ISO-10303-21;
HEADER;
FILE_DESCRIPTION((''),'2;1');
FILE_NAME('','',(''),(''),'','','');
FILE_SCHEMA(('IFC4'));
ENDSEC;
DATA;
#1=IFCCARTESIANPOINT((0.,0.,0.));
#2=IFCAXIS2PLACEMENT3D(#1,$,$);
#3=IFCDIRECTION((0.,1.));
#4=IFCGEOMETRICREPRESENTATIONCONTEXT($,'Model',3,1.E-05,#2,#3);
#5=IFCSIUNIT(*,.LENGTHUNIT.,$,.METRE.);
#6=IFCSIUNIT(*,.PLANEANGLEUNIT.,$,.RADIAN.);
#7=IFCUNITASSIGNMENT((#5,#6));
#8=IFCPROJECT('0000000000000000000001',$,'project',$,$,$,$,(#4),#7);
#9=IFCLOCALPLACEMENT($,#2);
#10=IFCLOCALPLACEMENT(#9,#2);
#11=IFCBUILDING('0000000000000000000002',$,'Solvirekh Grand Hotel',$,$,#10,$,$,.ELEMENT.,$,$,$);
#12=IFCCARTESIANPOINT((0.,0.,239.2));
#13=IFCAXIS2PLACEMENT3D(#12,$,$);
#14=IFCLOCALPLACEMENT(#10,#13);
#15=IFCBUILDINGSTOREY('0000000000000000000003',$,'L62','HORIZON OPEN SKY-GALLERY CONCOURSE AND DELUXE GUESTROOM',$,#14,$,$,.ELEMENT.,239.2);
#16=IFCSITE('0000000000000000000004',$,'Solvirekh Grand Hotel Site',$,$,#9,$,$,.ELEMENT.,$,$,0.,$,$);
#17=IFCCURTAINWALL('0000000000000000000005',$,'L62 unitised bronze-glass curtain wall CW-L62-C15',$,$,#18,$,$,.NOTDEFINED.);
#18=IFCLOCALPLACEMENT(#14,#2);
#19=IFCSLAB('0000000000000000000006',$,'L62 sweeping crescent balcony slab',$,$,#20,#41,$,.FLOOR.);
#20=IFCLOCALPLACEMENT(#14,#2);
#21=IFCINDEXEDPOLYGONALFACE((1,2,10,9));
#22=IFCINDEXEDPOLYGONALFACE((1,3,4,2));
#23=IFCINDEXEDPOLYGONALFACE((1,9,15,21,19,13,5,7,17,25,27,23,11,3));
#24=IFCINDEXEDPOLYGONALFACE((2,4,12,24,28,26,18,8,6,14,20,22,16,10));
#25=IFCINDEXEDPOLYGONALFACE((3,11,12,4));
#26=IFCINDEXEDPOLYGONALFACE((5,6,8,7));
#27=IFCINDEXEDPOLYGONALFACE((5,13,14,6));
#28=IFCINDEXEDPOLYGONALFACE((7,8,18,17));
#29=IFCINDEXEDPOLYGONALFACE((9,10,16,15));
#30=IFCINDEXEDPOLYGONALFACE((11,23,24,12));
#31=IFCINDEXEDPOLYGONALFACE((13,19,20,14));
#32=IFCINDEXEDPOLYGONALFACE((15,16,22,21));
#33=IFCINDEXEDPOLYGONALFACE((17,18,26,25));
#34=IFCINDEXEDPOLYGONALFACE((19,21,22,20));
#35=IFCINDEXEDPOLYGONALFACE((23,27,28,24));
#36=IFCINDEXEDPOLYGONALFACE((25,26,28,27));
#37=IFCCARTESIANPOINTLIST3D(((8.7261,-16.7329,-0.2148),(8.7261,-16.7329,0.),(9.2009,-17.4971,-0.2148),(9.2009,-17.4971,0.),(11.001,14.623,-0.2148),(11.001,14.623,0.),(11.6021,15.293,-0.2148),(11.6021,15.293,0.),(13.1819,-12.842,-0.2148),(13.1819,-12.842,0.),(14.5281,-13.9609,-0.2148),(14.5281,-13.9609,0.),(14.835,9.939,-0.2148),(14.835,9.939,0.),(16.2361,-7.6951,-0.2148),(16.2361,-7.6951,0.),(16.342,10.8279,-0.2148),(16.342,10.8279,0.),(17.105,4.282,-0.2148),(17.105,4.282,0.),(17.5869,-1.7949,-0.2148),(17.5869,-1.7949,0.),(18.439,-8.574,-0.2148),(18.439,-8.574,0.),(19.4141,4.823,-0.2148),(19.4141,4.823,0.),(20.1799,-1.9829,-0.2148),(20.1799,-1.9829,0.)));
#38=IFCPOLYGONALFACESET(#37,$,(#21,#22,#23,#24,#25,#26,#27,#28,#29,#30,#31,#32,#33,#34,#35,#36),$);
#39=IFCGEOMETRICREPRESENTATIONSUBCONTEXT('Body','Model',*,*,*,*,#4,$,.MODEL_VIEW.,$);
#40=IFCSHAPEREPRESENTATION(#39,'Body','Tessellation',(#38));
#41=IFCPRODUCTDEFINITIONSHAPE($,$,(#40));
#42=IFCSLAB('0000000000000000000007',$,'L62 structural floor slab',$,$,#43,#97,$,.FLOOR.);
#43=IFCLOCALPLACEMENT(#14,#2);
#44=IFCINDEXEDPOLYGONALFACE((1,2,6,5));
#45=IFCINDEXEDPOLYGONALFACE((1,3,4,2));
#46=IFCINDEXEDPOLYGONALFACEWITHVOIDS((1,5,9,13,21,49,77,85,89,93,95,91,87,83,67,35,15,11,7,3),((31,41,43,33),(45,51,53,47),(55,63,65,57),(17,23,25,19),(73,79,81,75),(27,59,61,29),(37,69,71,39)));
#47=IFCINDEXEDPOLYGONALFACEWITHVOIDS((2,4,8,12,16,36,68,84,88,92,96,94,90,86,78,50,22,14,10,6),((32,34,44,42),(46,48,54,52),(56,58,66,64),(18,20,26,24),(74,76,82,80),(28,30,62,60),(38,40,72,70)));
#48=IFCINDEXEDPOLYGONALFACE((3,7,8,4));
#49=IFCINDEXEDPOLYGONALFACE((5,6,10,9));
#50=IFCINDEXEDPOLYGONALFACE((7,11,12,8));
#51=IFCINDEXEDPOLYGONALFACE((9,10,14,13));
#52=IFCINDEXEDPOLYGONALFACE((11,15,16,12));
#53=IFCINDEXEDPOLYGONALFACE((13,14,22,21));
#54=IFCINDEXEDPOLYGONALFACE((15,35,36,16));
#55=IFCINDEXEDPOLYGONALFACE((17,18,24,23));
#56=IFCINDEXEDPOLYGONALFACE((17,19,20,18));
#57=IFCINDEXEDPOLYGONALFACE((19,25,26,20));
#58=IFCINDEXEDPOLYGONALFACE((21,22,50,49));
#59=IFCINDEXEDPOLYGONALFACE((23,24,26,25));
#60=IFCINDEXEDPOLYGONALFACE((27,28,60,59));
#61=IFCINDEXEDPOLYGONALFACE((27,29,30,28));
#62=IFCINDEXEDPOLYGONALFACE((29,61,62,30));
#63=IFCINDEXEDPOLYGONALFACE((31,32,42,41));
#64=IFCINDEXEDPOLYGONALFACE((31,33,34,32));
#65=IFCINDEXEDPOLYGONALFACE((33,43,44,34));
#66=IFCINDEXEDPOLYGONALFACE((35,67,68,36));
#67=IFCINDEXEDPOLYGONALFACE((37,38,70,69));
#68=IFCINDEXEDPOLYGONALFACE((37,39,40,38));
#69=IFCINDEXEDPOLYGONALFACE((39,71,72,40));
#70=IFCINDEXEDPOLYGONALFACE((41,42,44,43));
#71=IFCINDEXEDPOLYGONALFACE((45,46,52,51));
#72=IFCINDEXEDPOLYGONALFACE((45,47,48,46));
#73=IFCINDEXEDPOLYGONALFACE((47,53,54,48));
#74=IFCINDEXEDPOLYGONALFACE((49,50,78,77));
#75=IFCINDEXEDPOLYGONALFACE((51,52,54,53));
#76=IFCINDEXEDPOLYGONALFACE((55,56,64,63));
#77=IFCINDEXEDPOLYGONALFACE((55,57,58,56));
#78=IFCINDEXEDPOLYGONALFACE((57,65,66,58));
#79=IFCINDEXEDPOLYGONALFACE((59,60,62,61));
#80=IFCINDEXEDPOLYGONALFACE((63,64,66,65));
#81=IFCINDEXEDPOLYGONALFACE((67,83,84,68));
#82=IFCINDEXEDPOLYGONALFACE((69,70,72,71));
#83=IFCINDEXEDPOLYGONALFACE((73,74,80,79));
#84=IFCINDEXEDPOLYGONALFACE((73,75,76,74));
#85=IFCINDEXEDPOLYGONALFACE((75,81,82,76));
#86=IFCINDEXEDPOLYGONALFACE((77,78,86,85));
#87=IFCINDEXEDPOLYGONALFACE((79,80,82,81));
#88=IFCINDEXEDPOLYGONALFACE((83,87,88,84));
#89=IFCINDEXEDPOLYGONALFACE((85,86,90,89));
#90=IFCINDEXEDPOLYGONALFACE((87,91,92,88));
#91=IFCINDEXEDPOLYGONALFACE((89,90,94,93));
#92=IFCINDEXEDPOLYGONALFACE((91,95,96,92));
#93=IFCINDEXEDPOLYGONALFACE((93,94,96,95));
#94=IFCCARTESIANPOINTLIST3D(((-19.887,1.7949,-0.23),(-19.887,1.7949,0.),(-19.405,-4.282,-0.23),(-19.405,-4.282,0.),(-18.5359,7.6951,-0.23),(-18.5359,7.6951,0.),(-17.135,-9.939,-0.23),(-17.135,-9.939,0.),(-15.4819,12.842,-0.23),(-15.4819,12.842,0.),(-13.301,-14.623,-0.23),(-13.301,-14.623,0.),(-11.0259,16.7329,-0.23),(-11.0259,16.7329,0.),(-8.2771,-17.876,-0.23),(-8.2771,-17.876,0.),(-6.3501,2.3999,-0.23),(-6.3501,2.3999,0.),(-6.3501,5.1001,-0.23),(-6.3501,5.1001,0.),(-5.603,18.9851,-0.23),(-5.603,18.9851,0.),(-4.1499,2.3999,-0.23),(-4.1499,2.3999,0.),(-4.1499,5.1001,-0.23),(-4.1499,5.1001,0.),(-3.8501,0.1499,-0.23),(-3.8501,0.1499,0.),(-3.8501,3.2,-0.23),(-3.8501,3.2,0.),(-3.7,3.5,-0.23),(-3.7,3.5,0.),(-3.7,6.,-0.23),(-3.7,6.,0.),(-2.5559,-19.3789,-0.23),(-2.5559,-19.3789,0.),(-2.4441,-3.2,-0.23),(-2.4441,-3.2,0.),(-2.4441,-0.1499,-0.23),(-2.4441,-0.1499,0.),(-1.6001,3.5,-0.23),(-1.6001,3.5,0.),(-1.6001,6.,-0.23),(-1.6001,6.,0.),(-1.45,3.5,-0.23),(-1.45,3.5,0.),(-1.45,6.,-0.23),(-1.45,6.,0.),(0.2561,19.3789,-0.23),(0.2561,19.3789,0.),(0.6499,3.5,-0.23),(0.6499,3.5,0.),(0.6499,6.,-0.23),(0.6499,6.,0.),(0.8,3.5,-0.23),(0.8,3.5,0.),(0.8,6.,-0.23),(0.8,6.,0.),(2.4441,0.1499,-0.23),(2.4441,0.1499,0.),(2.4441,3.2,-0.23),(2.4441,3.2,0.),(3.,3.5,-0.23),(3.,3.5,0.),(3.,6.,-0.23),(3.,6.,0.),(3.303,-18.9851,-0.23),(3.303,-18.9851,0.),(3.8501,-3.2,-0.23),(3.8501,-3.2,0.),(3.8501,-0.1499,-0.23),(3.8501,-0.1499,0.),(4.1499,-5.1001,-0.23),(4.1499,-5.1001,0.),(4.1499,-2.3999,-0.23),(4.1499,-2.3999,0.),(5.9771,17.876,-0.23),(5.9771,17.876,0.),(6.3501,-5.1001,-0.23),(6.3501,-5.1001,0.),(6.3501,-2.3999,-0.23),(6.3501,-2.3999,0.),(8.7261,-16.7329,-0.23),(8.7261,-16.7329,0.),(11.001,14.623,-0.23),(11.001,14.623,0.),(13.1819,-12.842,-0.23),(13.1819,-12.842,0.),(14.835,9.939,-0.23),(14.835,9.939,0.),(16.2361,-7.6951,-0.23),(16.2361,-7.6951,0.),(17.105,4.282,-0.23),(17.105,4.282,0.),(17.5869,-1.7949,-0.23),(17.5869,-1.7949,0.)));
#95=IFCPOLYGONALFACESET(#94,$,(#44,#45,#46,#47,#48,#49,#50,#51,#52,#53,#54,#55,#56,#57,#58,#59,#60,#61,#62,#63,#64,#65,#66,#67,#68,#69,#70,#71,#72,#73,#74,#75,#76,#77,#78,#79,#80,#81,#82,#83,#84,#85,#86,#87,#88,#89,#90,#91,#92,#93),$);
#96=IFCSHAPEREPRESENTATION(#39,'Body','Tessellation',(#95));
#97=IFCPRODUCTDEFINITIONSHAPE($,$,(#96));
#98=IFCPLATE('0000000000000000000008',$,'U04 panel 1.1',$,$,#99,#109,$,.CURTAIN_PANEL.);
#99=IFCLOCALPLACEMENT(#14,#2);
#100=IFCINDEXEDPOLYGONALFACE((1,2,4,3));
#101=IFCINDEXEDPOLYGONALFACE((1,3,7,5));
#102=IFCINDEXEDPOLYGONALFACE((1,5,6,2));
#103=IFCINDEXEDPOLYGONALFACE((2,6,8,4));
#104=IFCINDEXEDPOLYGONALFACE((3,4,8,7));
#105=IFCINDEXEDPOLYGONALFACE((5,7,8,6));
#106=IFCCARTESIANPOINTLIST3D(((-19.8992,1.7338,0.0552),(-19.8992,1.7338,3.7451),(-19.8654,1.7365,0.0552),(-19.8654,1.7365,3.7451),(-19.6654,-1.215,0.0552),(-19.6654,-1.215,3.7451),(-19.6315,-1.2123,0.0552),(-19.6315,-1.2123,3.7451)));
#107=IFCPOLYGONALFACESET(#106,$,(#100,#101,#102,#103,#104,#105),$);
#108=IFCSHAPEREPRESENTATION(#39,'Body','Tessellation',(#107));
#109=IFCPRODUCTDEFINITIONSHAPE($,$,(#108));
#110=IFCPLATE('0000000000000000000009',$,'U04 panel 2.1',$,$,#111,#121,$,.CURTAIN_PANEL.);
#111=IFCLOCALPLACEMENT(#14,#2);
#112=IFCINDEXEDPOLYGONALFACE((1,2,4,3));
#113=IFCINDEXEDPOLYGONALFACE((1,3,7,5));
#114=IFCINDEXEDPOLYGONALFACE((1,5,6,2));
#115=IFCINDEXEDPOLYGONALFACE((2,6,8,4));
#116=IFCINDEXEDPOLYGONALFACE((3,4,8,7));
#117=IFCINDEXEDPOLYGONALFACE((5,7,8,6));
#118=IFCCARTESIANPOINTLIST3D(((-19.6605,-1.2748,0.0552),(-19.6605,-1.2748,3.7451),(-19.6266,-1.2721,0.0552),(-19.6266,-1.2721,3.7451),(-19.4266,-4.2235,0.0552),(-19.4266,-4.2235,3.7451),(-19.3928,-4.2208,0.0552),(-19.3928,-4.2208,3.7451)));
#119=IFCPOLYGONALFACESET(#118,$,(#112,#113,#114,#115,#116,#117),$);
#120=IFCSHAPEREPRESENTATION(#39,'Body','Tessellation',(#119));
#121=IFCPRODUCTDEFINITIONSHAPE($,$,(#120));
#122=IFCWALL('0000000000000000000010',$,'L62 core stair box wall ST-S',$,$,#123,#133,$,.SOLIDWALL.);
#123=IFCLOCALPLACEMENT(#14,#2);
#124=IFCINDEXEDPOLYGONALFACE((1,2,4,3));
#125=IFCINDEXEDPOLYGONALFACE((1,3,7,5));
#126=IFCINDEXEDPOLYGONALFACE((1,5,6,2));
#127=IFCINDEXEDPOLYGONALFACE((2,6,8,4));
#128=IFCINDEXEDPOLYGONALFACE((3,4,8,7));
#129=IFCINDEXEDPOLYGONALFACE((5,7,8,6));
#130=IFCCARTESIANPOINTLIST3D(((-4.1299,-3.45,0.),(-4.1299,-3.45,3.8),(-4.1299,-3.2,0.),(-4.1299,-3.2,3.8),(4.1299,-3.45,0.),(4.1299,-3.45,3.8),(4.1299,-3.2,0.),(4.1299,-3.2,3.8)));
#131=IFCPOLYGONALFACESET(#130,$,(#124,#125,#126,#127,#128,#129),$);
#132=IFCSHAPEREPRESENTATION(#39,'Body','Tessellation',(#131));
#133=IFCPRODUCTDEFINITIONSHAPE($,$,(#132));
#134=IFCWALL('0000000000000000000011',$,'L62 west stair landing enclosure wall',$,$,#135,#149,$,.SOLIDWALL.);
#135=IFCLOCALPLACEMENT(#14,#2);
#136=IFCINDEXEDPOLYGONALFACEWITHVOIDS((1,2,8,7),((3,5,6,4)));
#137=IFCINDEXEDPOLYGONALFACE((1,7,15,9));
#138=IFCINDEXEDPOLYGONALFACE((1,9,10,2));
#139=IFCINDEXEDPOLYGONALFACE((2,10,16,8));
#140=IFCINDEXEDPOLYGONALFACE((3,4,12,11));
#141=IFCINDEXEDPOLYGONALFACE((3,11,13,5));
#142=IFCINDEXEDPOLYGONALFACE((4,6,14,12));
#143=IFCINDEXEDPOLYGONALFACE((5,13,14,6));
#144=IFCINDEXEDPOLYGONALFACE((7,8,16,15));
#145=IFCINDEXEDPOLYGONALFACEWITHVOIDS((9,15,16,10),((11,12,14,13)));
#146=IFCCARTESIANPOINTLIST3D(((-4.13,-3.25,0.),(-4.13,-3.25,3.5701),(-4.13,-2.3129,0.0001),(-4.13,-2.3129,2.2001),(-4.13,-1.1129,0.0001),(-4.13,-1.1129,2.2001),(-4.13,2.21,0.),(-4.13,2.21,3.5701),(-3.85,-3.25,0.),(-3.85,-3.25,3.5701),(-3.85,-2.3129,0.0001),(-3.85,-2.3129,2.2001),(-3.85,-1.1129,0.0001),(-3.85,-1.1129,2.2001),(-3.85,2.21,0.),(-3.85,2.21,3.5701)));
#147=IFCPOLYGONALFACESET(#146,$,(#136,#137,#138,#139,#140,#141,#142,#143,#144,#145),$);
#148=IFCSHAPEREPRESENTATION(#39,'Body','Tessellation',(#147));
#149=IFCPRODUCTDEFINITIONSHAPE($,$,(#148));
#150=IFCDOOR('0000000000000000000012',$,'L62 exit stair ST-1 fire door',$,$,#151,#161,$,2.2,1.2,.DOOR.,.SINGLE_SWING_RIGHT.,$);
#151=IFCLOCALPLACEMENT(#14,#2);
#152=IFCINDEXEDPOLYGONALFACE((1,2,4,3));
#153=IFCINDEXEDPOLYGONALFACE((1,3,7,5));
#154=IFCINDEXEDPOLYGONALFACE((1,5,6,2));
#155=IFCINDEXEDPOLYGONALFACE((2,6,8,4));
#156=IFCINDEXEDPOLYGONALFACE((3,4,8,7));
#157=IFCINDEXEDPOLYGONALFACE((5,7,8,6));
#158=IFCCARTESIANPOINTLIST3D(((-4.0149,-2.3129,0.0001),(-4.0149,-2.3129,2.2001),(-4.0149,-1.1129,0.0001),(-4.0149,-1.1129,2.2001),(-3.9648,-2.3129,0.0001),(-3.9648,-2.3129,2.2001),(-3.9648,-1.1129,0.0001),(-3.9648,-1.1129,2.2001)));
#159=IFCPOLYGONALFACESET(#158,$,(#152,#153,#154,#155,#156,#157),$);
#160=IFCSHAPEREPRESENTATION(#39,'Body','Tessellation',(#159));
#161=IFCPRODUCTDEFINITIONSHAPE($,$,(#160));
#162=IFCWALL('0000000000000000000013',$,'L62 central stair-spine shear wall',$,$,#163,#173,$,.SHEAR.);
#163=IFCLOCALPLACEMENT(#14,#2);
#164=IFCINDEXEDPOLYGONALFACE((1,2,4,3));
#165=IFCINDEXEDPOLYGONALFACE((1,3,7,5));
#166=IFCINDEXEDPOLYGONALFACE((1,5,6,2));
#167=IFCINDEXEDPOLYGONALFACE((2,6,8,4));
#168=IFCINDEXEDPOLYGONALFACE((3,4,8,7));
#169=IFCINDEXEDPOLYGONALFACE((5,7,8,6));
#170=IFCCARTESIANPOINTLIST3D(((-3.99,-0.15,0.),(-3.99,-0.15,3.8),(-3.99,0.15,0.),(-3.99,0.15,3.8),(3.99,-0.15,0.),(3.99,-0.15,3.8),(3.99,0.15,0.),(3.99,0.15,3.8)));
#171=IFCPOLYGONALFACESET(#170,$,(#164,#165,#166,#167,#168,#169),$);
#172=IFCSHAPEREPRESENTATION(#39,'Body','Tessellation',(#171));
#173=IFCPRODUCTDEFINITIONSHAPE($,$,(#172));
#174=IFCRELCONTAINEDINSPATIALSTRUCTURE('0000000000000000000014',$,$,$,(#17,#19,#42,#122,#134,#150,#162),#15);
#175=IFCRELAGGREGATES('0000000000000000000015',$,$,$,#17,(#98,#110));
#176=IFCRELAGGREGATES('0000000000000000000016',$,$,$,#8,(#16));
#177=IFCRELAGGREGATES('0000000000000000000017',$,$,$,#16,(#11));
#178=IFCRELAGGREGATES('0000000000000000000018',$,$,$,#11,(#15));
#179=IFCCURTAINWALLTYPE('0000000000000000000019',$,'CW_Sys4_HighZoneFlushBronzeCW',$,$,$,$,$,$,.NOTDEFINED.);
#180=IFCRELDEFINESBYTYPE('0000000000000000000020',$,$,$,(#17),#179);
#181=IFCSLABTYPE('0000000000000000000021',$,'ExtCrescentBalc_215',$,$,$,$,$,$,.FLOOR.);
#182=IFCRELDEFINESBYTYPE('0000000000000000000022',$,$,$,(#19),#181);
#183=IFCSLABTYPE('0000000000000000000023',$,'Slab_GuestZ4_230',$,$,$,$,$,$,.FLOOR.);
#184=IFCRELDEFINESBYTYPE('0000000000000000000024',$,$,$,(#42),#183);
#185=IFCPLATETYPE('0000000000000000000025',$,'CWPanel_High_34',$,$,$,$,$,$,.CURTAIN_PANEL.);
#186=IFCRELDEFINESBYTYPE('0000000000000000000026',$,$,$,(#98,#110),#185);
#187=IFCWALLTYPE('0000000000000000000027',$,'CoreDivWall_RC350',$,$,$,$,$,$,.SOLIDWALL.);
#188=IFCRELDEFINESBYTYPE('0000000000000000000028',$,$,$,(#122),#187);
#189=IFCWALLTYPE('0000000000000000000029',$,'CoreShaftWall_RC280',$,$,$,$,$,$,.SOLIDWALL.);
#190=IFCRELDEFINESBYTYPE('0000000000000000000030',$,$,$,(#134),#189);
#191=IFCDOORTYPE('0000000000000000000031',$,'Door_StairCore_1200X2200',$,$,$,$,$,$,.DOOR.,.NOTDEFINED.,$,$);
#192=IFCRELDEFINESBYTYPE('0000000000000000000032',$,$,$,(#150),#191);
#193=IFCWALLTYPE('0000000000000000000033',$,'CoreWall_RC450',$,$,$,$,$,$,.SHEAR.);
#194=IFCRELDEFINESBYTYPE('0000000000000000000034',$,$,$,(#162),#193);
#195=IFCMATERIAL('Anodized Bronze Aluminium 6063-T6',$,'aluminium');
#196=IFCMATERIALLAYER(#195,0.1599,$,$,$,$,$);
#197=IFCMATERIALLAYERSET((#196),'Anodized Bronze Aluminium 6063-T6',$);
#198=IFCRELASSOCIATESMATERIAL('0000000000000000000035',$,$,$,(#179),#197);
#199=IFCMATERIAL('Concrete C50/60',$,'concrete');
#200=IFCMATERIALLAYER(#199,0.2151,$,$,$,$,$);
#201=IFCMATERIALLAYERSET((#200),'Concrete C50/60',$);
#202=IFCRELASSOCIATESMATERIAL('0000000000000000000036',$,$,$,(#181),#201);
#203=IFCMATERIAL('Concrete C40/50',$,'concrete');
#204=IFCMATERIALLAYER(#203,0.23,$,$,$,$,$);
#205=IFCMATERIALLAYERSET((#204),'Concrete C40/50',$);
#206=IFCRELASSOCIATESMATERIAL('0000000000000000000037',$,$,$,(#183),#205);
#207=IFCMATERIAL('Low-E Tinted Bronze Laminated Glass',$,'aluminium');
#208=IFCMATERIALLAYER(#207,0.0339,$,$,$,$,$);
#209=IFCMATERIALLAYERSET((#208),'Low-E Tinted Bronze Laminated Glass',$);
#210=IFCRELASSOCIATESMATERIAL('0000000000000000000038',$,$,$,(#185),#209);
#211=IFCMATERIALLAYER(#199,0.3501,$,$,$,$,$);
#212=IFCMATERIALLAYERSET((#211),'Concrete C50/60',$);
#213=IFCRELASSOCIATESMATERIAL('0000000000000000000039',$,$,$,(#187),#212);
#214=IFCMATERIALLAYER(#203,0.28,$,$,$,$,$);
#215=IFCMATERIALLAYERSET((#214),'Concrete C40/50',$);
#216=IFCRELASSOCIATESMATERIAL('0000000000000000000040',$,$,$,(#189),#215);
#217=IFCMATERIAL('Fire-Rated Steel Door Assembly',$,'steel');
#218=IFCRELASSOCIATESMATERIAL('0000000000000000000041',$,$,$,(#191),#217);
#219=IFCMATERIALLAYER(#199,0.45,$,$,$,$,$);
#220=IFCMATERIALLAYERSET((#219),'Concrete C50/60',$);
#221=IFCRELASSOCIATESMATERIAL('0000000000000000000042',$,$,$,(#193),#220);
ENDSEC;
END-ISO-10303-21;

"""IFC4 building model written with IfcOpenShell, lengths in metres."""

from ifc_helpers import new_model, si_unit, direction, frame, frame_2d, origin, origin_2d, place, context, subcontext, project, spatial, polyline, rectangle, outline, extrude, source, transform, mapped, material, layer, layer_set, type_object, element, fill, aggregate, save


model = new_model("IFC4")

# Units and contexts
model_context = context("Model", 3, precision=1e-05, world=origin(), true_north=direction((0.0, 1.0)))
body_context = subcontext(model_context, "Body", "Model", "MODEL_VIEW")
ifc_project = project(units=[si_unit("LENGTHUNIT", "METRE"), si_unit("PLANEANGLEUNIT", "RADIAN")], contexts=[model_context])

# Site, building, storey
site_placement = place(None, origin())
site = spatial("IfcSite", under=ifc_project, at=site_placement, Name="Solvirekh Grand Hotel Site", CompositionType="ELEMENT", RefElevation=0.0)
building_placement = place(site_placement, origin())
building = spatial("IfcBuilding", under=site, at=building_placement, Name="Solvirekh Grand Hotel", CompositionType="ELEMENT")
storey_placement = place(building_placement, frame((0.0, 0.0, 239.2)))
storey = spatial("IfcBuildingStorey", under=building, at=storey_placement, Name="L62", Description="HORIZON OPEN SKY-GALLERY CONCOURSE AND DELUXE GUESTROOM", CompositionType="ELEMENT", Elevation=239.2)

# Shared definitions
ifc_material_1 = material(Name="Concrete C50/60", Category="concrete")

# Curtain wall
ifc_material_2 = material(Name="Anodized Bronze Aluminium 6063-T6", Category="aluminium")
ifc_layer_1 = layer(ifc_material_2, 0.1599)
ifc_layer_set_1 = layer_set([ifc_layer_1], Name="Anodized Bronze Aluminium 6063-T6")
curtain_wall_type = type_object("IfcCurtainWallType", Name="CW_Sys4_HighZoneFlushBronzeCW", PredefinedType="NOTDEFINED", material=ifc_layer_set_1)
curtain_wall_placement = place(storey_placement, origin())
curtain_wall = element("IfcCurtainWall", 1, at=curtain_wall_placement, inside=storey, type_object=curtain_wall_type, Name="L62 unitised bronze-glass curtain wall CW-L62-C15", PredefinedType="NOTDEFINED")

# Slabs
ifc_layer_2 = layer(ifc_material_1, 0.2151)
ifc_layer_set_2 = layer_set([ifc_layer_2], Name="Concrete C50/60")
slab_type_1 = type_object("IfcSlabType", Name="ExtCrescentBalc_215", PredefinedType="FLOOR", material=ifc_layer_set_2)
slab_1_placement = place(storey_placement, frame((0.0, 0.0, -0.2148)))
element("IfcSlab", 2, at=slab_1_placement, inside=storey, type_object=slab_type_1, Name="L62 sweeping crescent balcony slab", PredefinedType="FLOOR", context=body_context, shape_type="SweptSolid", body=[
    extrude(outline(polyline([(9.2009, -17.4971), (14.5281, -13.9609), (18.439, -8.574), (20.1799, -1.9829), (19.4141, 4.823), (16.342, 10.8279), (11.6021, 15.293), (11.001, 14.623), (14.835, 9.939), (17.105, 4.282), (17.5869, -1.7949), (16.2361, -7.6951), (13.1819, -12.842), (8.7261, -16.7329), (9.2009, -17.4971)])), origin(), (0.0, 0.0, 1.0), 0.2148),
])
ifc_material_3 = material(Name="Concrete C40/50", Category="concrete")
ifc_layer_3 = layer(ifc_material_3, 0.23)
ifc_layer_set_3 = layer_set([ifc_layer_3], Name="Concrete C40/50")
slab_type_2 = type_object("IfcSlabType", Name="Slab_GuestZ4_230", PredefinedType="FLOOR", material=ifc_layer_set_3)
slab_2_placement = place(storey_placement, frame((0.0, 0.0, -0.23)))
element("IfcSlab", 3, at=slab_2_placement, inside=storey, type_object=slab_type_2, Name="L62 structural floor slab", PredefinedType="FLOOR", context=body_context, shape_type="SweptSolid", body=[
    extrude(outline(polyline([(3.303, -18.9851), (8.7261, -16.7329), (13.1819, -12.842), (16.2361, -7.6951), (17.5869, -1.7949), (17.105, 4.282), (14.835, 9.939), (11.001, 14.623), (5.9771, 17.876), (0.2561, 19.3789), (-5.603, 18.9851), (-11.0259, 16.7329), (-15.4819, 12.842), (-18.5359, 7.6951), (-19.887, 1.7949), (-19.405, -4.282), (-17.135, -9.939), (-13.301, -14.623), (-8.2771, -17.876), (-2.5559, -19.3789), (3.303, -18.9851)]), holes=[polyline([(-2.4441, -0.1499), (3.8501, -0.1499), (3.8501, -3.2), (-2.4441, -3.2), (-2.4441, -0.1499)]), polyline([(2.4441, 0.1499), (-3.8501, 0.1499), (-3.8501, 3.2), (2.4441, 3.2), (2.4441, 0.1499)]), polyline([(-3.7, 6.0), (-1.6001, 6.0), (-1.6001, 3.5), (-3.7, 3.5), (-3.7, 6.0)]), polyline([(-1.45, 6.0), (0.6499, 6.0), (0.6499, 3.5), (-1.45, 3.5), (-1.45, 6.0)]), polyline([(0.8, 6.0), (3.0, 6.0), (3.0, 3.5), (0.8, 3.5), (0.8, 6.0)]), polyline([(-6.3501, 5.1001), (-4.1499, 5.1001), (-4.1499, 2.3999), (-6.3501, 2.3999), (-6.3501, 5.1001)]), polyline([(4.1499, -2.3999), (6.3501, -2.3999), (6.3501, -5.1001), (4.1499, -5.1001), (4.1499, -2.3999)])]), origin(), (0.0, 0.0, 1.0), 0.23),
])

# Plates
ifc_material_4 = material(Name="Low-E Tinted Bronze Laminated Glass", Category="aluminium")
ifc_layer_4 = layer(ifc_material_4, 0.0339)
ifc_layer_set_4 = layer_set([ifc_layer_4], Name="Low-E Tinted Bronze Laminated Glass")
plate_type = type_object("IfcPlateType", Name="CWPanel_High_34", PredefinedType="CURTAIN_PANEL", material=ifc_layer_set_4)
shared_shape_1 = source(origin(), body_context, "Body", "SweptSolid", [
    extrude(rectangle(XDim=2.958, YDim=0.0339, at=origin_2d()), origin(), (0.0, 0.0, 1.0), 3.6899),
])
plate_1_placement = place(storey_placement, frame((-19.7654, 0.2607, 0.0552), z_axis=(0.0, 0.0, 1.0), x_axis=(0.079067, -0.996869, 0.0)))
plate_1 = element("IfcPlate", 4, at=plate_1_placement, type_object=plate_type, Name="U04 panel 1.1", PredefinedType="CURTAIN_PANEL", context=body_context, shape_type="MappedRepresentation", body=[
    mapped(shared_shape_1, transform((0.0, 0.0, 0.0), x_axis=(1.0, 0.0, 0.0), y_axis=(0.0, 1.0, 0.0), z_axis=(0.0, 0.0, 1.0), scale=1.0)),
])
plate_2_placement = place(storey_placement, frame((-19.5266, -2.7478, 0.0552), z_axis=(0.0, 0.0, 1.0), x_axis=(0.079067, -0.996869, 0.0)))
plate_2 = element("IfcPlate", 5, at=plate_2_placement, type_object=plate_type, Name="U04 panel 2.1", PredefinedType="CURTAIN_PANEL", context=body_context, shape_type="MappedRepresentation", body=[
    mapped(shared_shape_1, transform((0.0, 0.0, 0.0), x_axis=(1.0, 0.0, 0.0), y_axis=(0.0, 1.0, 0.0), z_axis=(0.0, 0.0, 1.0), scale=1.0)),
])
aggregate(curtain_wall, [plate_1, plate_2])

# Wall
ifc_layer_5 = layer(ifc_material_1, 0.3501)
ifc_layer_set_5 = layer_set([ifc_layer_5], Name="Concrete C50/60")
wall_type_1 = type_object("IfcWallType", Name="CoreDivWall_RC350", PredefinedType="SOLIDWALL", material=ifc_layer_set_5)
wall_1_placement = place(storey_placement, frame((-4.1299, -3.325, 0.0), z_axis=(0.0, 0.0, 1.0), x_axis=(1.0, 0.0, 0.0)))
element("IfcWall", 6, at=wall_1_placement, inside=storey, type_object=wall_type_1, Name="L62 core stair box wall ST-S", PredefinedType="SOLIDWALL", context=body_context, shape_type="SweptSolid", body=[
    extrude(rectangle(XDim=8.2598, YDim=0.25, at=frame_2d((4.1299, 0.0))), origin(), (0.0, 0.0, 1.0), 3.8),
])

# Wall, opening, door
ifc_layer_6 = layer(ifc_material_3, 0.28)
ifc_layer_set_6 = layer_set([ifc_layer_6], Name="Concrete C40/50")
wall_type_2 = type_object("IfcWallType", Name="CoreShaftWall_RC280", PredefinedType="SOLIDWALL", material=ifc_layer_set_6)
wall_2_placement = place(storey_placement, frame((-3.99, -3.25, 0.0), z_axis=(0.0, 0.0, 1.0), x_axis=(0.0, 1.0, 0.0)))
wall_2 = element("IfcWall", 7, at=wall_2_placement, inside=storey, type_object=wall_type_2, Name="L62 west stair landing enclosure wall", PredefinedType="SOLIDWALL", context=body_context, shape_type="SweptSolid", body=[
    extrude(rectangle(XDim=5.46, YDim=0.28, at=frame_2d((2.73, 0.0))), origin(), (0.0, 0.0, 1.0), 3.5701),
])
opening_1_placement = place(wall_2_placement, frame((0.937, 0.0, 0.0)))
opening_1 = element("IfcOpeningElement", 8, at=opening_1_placement, cuts=wall_2, PredefinedType="OPENING", context=body_context, shape_type="SweptSolid", body=[
    extrude(rectangle(XDim=1.2, YDim=2.2, at=frame_2d((0.6001, 1.1001))), frame((0.0, 0.1499, 0.0), z_axis=(0.0, -1.0, 0.0), x_axis=(1.0, 0.0, 0.0)), (0.0, 0.0, 1.0), 0.3),
])
ifc_material_5 = material(Name="Fire-Rated Steel Door Assembly", Category="steel")
door_type_1 = type_object("IfcDoorType", Name="Door_StairCore_1200X2200", OperationType="NOTDEFINED", PredefinedType="DOOR", material=ifc_material_5)
door_1_placement = place(opening_1_placement, origin())
door_1 = element("IfcDoor", 9, at=door_1_placement, inside=storey, type_object=door_type_1, Name="L62 exit stair ST-1 fire door", OperationType="SINGLE_SWING_RIGHT", OverallHeight=2.2, OverallWidth=1.2, PredefinedType="DOOR", context=body_context, shape_type="SweptSolid", body=[
    extrude(rectangle(XDim=1.2, YDim=2.2, at=frame_2d((0.6001, 1.1001))), frame((0.0, 0.0249, 0.0), z_axis=(0.0, -1.0, 0.0), x_axis=(1.0, 0.0, 0.0)), (0.0, 0.0, 1.0), 0.05),
])
fill(opening_1, door_1)

# Wall
ifc_layer_7 = layer(ifc_material_1, 0.45)
ifc_layer_set_7 = layer_set([ifc_layer_7], Name="Concrete C50/60")
wall_type_3 = type_object("IfcWallType", Name="CoreWall_RC450", PredefinedType="SHEAR", material=ifc_layer_set_7)
wall_3_placement = place(storey_placement, frame((-3.99, 0.0, 0.0), z_axis=(0.0, 0.0, 1.0), x_axis=(1.0, 0.0, 0.0)))
element("IfcWall", 10, at=wall_3_placement, inside=storey, type_object=wall_type_3, Name="L62 central stair-spine shear wall", PredefinedType="SHEAR", context=body_context, shape_type="SweptSolid", body=[
    extrude(rectangle(XDim=7.98, YDim=0.3, at=frame_2d((3.99, 0.0))), origin(), (0.0, 0.0, 1.0), 3.8),
])

save(model, "model.ifc")
